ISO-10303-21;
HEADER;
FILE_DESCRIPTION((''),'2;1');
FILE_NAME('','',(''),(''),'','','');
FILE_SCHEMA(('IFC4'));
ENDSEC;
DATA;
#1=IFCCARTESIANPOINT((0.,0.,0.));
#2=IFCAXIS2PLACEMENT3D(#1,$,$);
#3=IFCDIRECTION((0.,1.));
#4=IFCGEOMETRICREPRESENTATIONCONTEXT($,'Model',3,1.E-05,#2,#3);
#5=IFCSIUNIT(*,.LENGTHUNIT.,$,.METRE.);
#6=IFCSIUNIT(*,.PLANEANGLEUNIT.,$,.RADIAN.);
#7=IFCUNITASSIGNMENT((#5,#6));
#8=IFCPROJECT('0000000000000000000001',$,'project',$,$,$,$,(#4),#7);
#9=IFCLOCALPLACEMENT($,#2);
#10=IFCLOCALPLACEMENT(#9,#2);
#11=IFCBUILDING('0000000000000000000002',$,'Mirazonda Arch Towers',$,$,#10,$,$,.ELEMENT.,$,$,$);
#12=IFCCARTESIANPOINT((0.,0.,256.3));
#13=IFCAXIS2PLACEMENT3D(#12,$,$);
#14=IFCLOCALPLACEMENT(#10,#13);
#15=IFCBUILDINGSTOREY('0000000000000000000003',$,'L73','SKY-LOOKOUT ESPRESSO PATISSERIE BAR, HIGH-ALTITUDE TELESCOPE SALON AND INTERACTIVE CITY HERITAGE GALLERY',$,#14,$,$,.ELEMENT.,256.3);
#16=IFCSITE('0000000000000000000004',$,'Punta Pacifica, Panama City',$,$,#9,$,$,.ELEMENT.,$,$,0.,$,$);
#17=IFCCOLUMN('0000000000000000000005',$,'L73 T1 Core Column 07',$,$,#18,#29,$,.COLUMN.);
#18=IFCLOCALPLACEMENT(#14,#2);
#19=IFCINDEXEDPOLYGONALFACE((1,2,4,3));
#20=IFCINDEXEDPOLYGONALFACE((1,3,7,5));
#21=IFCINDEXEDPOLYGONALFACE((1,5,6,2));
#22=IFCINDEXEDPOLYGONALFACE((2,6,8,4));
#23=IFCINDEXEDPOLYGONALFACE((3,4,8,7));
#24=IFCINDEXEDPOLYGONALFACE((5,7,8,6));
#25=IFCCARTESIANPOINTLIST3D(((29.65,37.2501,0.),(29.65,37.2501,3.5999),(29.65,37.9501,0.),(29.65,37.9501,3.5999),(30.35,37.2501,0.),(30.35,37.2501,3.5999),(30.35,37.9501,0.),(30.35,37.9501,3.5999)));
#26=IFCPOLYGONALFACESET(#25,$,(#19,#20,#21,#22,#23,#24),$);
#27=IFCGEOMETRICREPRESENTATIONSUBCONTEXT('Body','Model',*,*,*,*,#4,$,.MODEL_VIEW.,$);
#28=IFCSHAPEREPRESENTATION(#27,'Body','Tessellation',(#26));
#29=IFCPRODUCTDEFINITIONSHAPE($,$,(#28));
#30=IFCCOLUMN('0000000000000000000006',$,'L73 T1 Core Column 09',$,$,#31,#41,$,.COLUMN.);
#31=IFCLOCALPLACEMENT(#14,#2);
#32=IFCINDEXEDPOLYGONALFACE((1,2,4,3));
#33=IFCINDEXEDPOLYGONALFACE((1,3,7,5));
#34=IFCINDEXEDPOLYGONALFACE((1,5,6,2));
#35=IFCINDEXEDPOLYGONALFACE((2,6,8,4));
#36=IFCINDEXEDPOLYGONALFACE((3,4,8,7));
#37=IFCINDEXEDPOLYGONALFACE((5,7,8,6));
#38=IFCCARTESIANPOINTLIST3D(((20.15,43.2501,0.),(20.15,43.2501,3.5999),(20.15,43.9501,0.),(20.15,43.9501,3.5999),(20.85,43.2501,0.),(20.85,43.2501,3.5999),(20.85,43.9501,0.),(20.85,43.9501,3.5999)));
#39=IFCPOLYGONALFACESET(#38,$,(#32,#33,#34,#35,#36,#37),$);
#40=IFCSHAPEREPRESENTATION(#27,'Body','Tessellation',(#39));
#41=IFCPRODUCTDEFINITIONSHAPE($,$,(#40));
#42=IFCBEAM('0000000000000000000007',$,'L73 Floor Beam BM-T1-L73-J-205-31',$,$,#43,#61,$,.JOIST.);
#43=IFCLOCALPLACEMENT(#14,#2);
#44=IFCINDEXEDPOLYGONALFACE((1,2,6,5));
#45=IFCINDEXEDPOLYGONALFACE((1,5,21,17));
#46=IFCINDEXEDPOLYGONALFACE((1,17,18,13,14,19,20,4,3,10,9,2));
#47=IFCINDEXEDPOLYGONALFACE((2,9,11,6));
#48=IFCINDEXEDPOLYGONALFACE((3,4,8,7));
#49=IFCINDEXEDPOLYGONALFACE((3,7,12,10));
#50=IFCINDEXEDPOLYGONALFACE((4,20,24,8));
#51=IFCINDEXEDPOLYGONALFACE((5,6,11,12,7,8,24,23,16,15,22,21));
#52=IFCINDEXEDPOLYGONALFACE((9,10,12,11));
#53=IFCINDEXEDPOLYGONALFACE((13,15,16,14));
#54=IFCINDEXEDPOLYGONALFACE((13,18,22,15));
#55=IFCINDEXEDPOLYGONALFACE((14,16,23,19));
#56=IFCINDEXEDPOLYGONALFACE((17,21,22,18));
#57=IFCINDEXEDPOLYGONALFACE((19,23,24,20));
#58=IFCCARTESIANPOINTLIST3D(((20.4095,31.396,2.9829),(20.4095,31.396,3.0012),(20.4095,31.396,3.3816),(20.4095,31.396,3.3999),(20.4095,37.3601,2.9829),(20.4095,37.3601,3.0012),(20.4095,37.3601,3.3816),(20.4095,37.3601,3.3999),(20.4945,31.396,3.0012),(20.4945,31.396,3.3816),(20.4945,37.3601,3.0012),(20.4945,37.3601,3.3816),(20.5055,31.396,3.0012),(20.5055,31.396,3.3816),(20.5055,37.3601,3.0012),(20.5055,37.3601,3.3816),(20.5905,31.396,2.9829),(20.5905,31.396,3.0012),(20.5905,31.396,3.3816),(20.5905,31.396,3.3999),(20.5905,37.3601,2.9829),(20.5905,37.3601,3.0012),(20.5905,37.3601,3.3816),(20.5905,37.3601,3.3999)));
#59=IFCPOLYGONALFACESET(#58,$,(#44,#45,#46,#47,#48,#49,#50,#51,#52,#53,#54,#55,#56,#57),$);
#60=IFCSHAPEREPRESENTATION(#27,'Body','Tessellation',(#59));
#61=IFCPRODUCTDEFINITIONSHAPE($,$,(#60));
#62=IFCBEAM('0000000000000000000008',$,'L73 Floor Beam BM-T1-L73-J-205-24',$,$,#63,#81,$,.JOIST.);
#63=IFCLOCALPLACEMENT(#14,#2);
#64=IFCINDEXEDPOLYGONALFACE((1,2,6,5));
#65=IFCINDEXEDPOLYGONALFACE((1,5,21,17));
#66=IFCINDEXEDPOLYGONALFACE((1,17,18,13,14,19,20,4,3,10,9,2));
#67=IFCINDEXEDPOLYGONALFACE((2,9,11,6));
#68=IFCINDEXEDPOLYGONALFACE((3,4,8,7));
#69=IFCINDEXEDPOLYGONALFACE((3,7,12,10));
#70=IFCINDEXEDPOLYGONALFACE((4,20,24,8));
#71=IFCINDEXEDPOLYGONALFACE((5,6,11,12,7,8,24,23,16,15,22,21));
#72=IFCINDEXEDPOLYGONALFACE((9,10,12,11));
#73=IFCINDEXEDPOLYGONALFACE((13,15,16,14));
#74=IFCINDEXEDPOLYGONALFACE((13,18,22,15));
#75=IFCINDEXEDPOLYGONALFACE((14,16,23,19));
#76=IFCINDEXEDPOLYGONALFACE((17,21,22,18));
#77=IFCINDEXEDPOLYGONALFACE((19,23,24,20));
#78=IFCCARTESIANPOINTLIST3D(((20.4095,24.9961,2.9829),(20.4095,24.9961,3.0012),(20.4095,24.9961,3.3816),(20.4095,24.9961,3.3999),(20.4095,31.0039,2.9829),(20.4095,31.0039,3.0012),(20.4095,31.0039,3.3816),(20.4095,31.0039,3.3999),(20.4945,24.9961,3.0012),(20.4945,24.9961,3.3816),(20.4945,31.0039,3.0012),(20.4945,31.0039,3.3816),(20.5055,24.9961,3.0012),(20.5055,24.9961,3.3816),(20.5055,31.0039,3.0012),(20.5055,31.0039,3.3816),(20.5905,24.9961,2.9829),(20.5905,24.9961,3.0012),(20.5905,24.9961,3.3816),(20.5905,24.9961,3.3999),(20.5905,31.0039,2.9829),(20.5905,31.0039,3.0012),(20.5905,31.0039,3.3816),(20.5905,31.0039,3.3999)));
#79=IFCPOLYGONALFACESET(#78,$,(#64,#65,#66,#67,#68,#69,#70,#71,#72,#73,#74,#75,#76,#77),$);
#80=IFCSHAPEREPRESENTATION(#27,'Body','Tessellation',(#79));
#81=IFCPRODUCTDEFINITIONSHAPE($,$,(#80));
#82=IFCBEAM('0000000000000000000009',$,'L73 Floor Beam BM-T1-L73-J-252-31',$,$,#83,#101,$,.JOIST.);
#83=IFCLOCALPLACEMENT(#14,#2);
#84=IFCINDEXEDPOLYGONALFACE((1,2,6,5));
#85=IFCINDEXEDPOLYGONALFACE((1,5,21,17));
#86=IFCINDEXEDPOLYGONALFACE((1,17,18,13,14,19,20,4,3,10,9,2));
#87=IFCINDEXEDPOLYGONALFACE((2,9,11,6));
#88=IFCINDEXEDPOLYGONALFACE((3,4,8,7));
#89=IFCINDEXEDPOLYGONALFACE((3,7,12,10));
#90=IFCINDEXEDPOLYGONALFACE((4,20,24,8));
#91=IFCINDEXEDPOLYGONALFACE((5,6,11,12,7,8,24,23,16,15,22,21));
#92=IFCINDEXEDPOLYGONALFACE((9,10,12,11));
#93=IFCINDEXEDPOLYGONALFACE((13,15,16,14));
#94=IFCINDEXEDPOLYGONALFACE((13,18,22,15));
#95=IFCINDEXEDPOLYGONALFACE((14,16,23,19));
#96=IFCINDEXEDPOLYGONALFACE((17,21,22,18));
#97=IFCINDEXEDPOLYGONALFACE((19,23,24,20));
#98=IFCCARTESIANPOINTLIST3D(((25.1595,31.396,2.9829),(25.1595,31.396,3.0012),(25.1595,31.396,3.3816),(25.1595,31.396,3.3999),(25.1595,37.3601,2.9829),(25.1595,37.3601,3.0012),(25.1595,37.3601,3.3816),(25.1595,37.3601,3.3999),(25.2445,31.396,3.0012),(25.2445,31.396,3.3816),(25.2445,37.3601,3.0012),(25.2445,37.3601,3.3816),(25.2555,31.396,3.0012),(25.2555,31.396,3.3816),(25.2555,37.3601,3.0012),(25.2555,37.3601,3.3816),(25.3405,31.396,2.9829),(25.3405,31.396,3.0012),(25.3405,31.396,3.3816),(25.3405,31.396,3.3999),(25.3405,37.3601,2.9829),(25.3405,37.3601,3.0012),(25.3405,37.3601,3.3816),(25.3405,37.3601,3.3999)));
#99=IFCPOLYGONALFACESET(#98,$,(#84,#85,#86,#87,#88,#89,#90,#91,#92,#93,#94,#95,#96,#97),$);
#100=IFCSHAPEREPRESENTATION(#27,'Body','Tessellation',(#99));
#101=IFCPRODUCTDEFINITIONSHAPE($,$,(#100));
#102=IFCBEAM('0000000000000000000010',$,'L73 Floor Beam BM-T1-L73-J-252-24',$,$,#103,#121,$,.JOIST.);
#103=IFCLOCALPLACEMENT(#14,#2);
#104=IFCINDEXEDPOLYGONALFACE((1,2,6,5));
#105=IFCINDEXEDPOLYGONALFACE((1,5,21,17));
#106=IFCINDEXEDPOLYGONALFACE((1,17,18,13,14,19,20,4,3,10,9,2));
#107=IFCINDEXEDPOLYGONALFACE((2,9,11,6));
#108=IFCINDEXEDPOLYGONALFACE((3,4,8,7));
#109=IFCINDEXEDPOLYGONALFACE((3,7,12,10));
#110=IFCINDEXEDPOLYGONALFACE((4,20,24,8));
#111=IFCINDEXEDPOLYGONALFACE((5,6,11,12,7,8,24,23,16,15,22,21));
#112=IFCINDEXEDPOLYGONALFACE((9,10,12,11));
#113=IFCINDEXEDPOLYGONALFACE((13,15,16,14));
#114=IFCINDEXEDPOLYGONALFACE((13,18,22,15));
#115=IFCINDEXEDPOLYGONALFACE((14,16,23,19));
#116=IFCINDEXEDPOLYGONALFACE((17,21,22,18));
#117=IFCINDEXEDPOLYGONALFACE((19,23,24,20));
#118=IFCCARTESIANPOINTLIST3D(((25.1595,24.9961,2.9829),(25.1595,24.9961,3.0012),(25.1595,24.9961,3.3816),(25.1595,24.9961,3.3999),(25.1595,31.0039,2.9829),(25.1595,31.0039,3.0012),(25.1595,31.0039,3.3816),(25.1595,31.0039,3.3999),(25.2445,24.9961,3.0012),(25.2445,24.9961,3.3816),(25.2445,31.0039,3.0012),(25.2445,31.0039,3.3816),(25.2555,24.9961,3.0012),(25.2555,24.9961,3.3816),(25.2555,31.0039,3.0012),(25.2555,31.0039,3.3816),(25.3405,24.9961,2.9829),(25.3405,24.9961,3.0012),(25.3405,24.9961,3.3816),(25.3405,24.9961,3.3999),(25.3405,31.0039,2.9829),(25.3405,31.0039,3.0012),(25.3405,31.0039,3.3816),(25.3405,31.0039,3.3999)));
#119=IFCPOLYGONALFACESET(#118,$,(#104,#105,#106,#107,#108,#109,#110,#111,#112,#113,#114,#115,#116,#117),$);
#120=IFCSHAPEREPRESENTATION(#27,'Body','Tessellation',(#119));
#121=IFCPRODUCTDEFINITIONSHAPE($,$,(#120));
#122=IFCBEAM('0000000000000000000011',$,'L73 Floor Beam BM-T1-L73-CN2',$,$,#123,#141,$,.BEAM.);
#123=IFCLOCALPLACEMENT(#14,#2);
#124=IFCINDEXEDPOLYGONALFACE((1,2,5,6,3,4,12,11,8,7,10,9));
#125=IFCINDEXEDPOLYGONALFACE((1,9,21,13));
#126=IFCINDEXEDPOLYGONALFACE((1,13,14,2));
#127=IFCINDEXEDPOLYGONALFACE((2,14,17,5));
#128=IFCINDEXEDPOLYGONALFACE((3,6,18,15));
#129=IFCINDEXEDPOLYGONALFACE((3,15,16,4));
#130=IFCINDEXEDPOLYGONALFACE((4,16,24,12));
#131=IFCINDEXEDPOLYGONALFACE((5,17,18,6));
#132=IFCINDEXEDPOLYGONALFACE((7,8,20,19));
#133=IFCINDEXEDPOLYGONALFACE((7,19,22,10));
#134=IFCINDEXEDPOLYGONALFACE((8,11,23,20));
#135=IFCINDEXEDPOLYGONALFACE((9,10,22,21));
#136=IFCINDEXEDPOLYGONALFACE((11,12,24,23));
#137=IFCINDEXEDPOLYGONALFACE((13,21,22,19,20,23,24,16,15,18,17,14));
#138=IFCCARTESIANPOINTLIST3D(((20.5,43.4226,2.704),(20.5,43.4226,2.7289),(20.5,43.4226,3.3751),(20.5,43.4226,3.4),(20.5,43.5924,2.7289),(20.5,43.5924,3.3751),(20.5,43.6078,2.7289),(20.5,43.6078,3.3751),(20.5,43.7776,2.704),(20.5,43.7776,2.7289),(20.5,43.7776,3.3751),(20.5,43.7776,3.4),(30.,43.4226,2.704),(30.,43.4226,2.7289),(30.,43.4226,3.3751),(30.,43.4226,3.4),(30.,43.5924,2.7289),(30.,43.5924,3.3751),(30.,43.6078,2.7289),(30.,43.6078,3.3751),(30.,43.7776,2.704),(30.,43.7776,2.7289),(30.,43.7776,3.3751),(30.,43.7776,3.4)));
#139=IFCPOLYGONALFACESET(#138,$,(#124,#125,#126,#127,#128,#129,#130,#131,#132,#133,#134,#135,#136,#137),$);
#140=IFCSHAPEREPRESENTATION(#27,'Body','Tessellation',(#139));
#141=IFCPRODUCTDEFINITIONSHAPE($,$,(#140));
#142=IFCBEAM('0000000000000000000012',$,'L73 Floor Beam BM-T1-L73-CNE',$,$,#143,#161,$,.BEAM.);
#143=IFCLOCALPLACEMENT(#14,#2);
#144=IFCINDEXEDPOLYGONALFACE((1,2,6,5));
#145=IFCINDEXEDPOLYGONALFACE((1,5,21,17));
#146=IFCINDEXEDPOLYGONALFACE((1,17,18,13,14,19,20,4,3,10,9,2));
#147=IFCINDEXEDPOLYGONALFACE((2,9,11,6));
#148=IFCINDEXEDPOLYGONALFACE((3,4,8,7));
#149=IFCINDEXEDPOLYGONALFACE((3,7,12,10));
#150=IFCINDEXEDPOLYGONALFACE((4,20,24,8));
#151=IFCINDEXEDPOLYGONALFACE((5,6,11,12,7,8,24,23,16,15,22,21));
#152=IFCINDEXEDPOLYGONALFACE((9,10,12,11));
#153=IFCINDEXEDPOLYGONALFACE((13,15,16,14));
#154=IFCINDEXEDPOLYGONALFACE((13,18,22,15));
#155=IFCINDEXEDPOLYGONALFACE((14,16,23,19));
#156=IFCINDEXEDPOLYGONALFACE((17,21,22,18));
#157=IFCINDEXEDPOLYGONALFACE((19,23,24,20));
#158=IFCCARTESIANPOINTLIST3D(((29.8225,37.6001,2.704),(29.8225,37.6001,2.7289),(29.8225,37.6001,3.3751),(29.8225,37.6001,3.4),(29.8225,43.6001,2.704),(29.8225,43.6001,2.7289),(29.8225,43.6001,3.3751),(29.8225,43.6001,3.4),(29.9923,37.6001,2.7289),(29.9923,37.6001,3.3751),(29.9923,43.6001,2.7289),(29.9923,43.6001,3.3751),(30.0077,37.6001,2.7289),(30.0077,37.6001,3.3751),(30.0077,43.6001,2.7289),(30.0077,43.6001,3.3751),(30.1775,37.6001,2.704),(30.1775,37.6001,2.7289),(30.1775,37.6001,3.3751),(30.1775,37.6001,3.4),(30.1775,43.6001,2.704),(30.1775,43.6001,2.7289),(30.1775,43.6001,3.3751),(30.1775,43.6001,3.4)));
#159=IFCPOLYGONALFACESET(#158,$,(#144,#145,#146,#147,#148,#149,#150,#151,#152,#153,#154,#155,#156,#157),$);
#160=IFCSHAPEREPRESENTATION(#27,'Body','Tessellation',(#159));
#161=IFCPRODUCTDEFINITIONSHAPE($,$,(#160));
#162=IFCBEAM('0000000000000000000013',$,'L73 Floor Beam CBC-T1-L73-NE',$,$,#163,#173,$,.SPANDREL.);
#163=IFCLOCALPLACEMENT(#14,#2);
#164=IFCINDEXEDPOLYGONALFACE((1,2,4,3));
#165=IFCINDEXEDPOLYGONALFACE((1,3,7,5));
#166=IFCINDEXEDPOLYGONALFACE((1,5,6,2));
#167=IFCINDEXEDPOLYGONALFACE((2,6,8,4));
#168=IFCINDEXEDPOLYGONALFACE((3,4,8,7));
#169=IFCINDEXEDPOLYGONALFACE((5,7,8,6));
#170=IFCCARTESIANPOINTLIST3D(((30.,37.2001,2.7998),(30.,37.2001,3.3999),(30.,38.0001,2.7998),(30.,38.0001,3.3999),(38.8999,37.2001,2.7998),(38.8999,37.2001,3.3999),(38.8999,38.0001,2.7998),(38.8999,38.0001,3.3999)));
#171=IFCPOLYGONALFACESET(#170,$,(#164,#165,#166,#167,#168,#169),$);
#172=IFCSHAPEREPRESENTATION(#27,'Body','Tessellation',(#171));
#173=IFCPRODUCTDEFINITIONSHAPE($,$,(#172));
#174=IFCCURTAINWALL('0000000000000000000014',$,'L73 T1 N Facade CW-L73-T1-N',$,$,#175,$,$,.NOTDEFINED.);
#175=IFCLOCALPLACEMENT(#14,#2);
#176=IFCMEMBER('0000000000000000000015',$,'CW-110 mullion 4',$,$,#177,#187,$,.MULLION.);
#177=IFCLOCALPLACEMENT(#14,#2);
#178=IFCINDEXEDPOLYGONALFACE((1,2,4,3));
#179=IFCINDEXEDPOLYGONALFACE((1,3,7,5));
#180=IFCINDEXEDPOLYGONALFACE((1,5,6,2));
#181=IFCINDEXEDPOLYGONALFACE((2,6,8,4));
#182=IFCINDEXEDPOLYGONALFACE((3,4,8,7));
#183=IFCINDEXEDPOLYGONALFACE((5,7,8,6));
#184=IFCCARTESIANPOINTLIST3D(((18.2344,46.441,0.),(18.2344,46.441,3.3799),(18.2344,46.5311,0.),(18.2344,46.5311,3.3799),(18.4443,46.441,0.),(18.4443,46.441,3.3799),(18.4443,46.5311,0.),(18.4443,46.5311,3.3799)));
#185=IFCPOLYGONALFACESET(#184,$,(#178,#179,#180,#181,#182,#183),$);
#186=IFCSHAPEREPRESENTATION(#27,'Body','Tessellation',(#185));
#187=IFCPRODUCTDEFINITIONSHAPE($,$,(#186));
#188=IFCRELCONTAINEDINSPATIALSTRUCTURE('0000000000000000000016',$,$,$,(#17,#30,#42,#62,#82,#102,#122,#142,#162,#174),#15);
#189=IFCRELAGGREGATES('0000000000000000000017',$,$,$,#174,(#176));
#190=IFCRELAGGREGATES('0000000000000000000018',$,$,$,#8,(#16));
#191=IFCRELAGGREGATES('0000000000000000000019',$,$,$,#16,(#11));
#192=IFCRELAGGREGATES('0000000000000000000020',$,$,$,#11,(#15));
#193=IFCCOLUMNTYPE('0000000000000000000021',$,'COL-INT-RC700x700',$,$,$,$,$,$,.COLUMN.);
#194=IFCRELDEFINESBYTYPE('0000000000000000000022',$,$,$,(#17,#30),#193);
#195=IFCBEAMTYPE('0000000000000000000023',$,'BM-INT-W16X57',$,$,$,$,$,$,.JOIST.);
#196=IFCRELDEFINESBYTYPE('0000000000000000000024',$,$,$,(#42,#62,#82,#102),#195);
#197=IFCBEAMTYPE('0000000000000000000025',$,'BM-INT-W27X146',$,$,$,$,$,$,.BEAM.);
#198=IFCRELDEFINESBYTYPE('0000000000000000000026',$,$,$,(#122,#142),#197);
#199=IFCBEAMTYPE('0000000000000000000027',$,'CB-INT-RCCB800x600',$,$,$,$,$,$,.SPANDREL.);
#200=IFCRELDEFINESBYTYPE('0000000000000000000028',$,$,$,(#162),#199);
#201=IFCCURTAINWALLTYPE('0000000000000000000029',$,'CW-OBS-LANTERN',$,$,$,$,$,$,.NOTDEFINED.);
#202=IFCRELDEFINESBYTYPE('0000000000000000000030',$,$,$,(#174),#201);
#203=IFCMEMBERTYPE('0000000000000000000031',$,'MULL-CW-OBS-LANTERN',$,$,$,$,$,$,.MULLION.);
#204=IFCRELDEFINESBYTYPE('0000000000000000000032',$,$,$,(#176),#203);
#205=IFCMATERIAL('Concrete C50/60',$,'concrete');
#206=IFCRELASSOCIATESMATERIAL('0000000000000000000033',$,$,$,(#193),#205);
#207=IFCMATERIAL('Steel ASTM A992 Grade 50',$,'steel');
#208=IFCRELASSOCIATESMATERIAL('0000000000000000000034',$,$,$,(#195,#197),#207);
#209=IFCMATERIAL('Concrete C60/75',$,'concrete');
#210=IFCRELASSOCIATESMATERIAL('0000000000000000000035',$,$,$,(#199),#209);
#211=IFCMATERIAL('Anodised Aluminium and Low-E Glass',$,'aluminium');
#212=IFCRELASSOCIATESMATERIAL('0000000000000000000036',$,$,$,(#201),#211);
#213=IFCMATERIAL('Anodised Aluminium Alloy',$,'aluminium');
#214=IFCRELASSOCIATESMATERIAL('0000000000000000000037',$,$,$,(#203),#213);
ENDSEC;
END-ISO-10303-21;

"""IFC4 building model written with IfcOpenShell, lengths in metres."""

from ifc_helpers import new_model, si_unit, direction, frame, origin, origin_2d, place, context, subcontext, project, spatial, rectangle, i_section, extrude, material, material_profile, profile_set, type_object, element, aggregate, save


model = new_model("IFC4")

# Units and contexts
model_context = context("Model", 3, precision=1e-05, world=origin(), true_north=direction((0.0, 1.0)))
body_context = subcontext(model_context, "Body", "Model", "MODEL_VIEW")
ifc_project = project(units=[si_unit("LENGTHUNIT", "METRE"), si_unit("PLANEANGLEUNIT", "RADIAN")], contexts=[model_context])

# Site, building, storey
site_placement = place(None, origin())
site = spatial("IfcSite", under=ifc_project, at=site_placement, Name="Punta Pacifica, Panama City", CompositionType="ELEMENT", RefElevation=0.0)
building_placement = place(site_placement, origin())
building = spatial("IfcBuilding", under=site, at=building_placement, Name="Mirazonda Arch Towers", CompositionType="ELEMENT")
storey_placement = place(building_placement, frame((0.0, 0.0, 256.3)))
storey = spatial("IfcBuildingStorey", under=building, at=storey_placement, Name="L73", Description="SKY-LOOKOUT ESPRESSO PATISSERIE BAR, HIGH-ALTITUDE TELESCOPE SALON AND INTERACTIVE CITY HERITAGE GALLERY", CompositionType="ELEMENT", Elevation=256.3)

# Columns
ifc_material_1 = material(Name="Concrete C50/60", Category="concrete")
ifc_material_profile_1 = material_profile(ifc_material_1, rectangle(XDim=0.7, YDim=0.7, at=origin_2d()), Name="RC700x700")
ifc_profile_set_1 = profile_set([ifc_material_profile_1], Name="Concrete C50/60")
column_type = type_object("IfcColumnType", Name="COL-INT-RC700x700", PredefinedType="COLUMN", material=ifc_profile_set_1)
for number, where, z_axis, x_axis, name in (
    (1, (30.0, 37.6001, 0.0), (0.0, 0.0, 1.0), (1.0, 0.0, 0.0), "L73 T1 Core Column 07"),
    (2, (20.5, 43.6001, 0.0), (0.0, 0.0, 1.0), (1.0, 0.0, 0.0), "L73 T1 Core Column 09"),
):
    element("IfcColumn", number, at=place(storey_placement, frame(where, z_axis=z_axis, x_axis=x_axis)), inside=storey, type_object=column_type, Name=name, PredefinedType="COLUMN", context=body_context, shape_type="SweptSolid", body=[
        extrude(rectangle(XDim=0.7, YDim=0.7, at=origin_2d()), origin(), (0.0, 0.0, 1.0), 3.5999),
    ])

# Beams
ifc_material_2 = material(Name="Steel ASTM A992 Grade 50", Category="steel")
ifc_material_profile_2 = material_profile(ifc_material_2, i_section(OverallWidth=0.1809, OverallDepth=0.417, WebThickness=0.011, FlangeThickness=0.0183, at=origin_2d()), Name="W16X57")
ifc_profile_set_2 = profile_set([ifc_material_profile_2], Name="Steel ASTM A992 Grade 50")
beam_type_1 = type_object("IfcBeamType", Name="BM-INT-W16X57", PredefinedType="JOIST", material=ifc_profile_set_2)
beam_1_placement = place(storey_placement, frame((20.5, 31.396, 3.1914), z_axis=(0.0, 1.0, 0.0), x_axis=(-1.0, 0.0, 0.0)))
element("IfcBeam", 3, at=beam_1_placement, inside=storey, type_object=beam_type_1, Name="L73 Floor Beam BM-T1-L73-J-205-31", PredefinedType="JOIST", context=body_context, shape_type="SweptSolid", body=[
    extrude(i_section(OverallWidth=0.1809, OverallDepth=0.417, WebThickness=0.011, FlangeThickness=0.0183, at=origin_2d()), origin(), (0.0, 0.0, 1.0), 5.9641),
])
beam_2_placement = place(storey_placement, frame((20.5, 24.9961, 3.1914), z_axis=(0.0, 1.0, 0.0), x_axis=(-1.0, 0.0, 0.0)))
element("IfcBeam", 4, at=beam_2_placement, inside=storey, type_object=beam_type_1, Name="L73 Floor Beam BM-T1-L73-J-205-24", PredefinedType="JOIST", context=body_context, shape_type="SweptSolid", body=[
    extrude(i_section(OverallWidth=0.1809, OverallDepth=0.417, WebThickness=0.011, FlangeThickness=0.0183, at=origin_2d()), origin(), (0.0, 0.0, 1.0), 6.0078),
])
beam_3_placement = place(storey_placement, frame((25.25, 31.396, 3.1914), z_axis=(0.0, 1.0, 0.0), x_axis=(-1.0, 0.0, 0.0)))
element("IfcBeam", 5, at=beam_3_placement, inside=storey, type_object=beam_type_1, Name="L73 Floor Beam BM-T1-L73-J-252-31", PredefinedType="JOIST", context=body_context, shape_type="SweptSolid", body=[
    extrude(i_section(OverallWidth=0.1809, OverallDepth=0.417, WebThickness=0.011, FlangeThickness=0.0183, at=origin_2d()), origin(), (0.0, 0.0, 1.0), 5.9641),
])
beam_4_placement = place(storey_placement, frame((25.25, 24.9961, 3.1914), z_axis=(0.0, 1.0, 0.0), x_axis=(-1.0, 0.0, 0.0)))
element("IfcBeam", 6, at=beam_4_placement, inside=storey, type_object=beam_type_1, Name="L73 Floor Beam BM-T1-L73-J-252-24", PredefinedType="JOIST", context=body_context, shape_type="SweptSolid", body=[
    extrude(i_section(OverallWidth=0.1809, OverallDepth=0.417, WebThickness=0.011, FlangeThickness=0.0183, at=origin_2d()), origin(), (0.0, 0.0, 1.0), 6.0078),
])
ifc_material_profile_3 = material_profile(ifc_material_2, i_section(OverallWidth=0.355, OverallDepth=0.696, WebThickness=0.0154, FlangeThickness=0.0249, at=origin_2d()), Name="W27X146")
ifc_profile_set_3 = profile_set([ifc_material_profile_3], Name="Steel ASTM A992 Grade 50")
beam_type_2 = type_object("IfcBeamType", Name="BM-INT-W27X146", PredefinedType="BEAM", material=ifc_profile_set_3)
beam_5_placement = place(storey_placement, frame((20.5, 43.6001, 3.052), z_axis=(1.0, 0.0, 0.0), x_axis=(0.0, 1.0, 0.0)))
element("IfcBeam", 7, at=beam_5_placement, inside=storey, type_object=beam_type_2, Name="L73 Floor Beam BM-T1-L73-CN2", PredefinedType="BEAM", context=body_context, shape_type="SweptSolid", body=[
    extrude(i_section(OverallWidth=0.355, OverallDepth=0.696, WebThickness=0.0154, FlangeThickness=0.0249, at=origin_2d()), origin(), (0.0, 0.0, 1.0), 9.5),
])
beam_6_placement = place(storey_placement, frame((30.0, 37.6001, 3.052), z_axis=(0.0, 1.0, 0.0), x_axis=(-1.0, 0.0, 0.0)))
element("IfcBeam", 8, at=beam_6_placement, inside=storey, type_object=beam_type_2, Name="L73 Floor Beam BM-T1-L73-CNE", PredefinedType="BEAM", context=body_context, shape_type="SweptSolid", body=[
    extrude(i_section(OverallWidth=0.355, OverallDepth=0.696, WebThickness=0.0154, FlangeThickness=0.0249, at=origin_2d()), origin(), (0.0, 0.0, 1.0), 6.0),
])
ifc_material_3 = material(Name="Concrete C60/75", Category="concrete")
ifc_material_profile_4 = material_profile(ifc_material_3, rectangle(XDim=0.8, YDim=0.6001, at=origin_2d()), Name="RCCB800x600")
ifc_profile_set_4 = profile_set([ifc_material_profile_4], Name="Concrete C60/75")
beam_type_3 = type_object("IfcBeamType", Name="CB-INT-RCCB800x600", PredefinedType="SPANDREL", material=ifc_profile_set_4)
beam_7_placement = place(storey_placement, frame((30.0, 37.6001, 3.0999), z_axis=(1.0, 0.0, 0.0), x_axis=(0.0, 1.0, 0.0)))
element("IfcBeam", 9, at=beam_7_placement, inside=storey, type_object=beam_type_3, Name="L73 Floor Beam CBC-T1-L73-NE", PredefinedType="SPANDREL", context=body_context, shape_type="SweptSolid", body=[
    extrude(rectangle(XDim=0.8, YDim=0.6001, at=origin_2d()), origin(), (0.0, 0.0, 1.0), 8.8999),
])

# Curtain wall, member
ifc_material_4 = material(Name="Anodised Aluminium and Low-E Glass", Category="aluminium")
curtain_wall_type = type_object("IfcCurtainWallType", Name="CW-OBS-LANTERN", PredefinedType="NOTDEFINED", material=ifc_material_4)
curtain_wall_placement = place(storey_placement, origin())
curtain_wall = element("IfcCurtainWall", 10, at=curtain_wall_placement, inside=storey, type_object=curtain_wall_type, Name="L73 T1 N Facade CW-L73-T1-N", PredefinedType="NOTDEFINED")
ifc_material_5 = material(Name="Anodised Aluminium Alloy", Category="aluminium")
ifc_material_profile_5 = material_profile(ifc_material_5, rectangle(XDim=0.0901, YDim=0.21, at=origin_2d()), Name="ALU-MULL-90x210")
ifc_profile_set_5 = profile_set([ifc_material_profile_5], Name="Anodised Aluminium Alloy")
member_type_1 = type_object("IfcMemberType", Name="MULL-CW-OBS-LANTERN", PredefinedType="MULLION", material=ifc_profile_set_5)
member_1_placement = place(storey_placement, frame((18.3394, 46.4861, 0.0), z_axis=(0.0, 0.0, 1.0), x_axis=(0.0, 1.0, 0.0)))
member_1 = element("IfcMember", 11, at=member_1_placement, type_object=member_type_1, Name="CW-110 mullion 4", PredefinedType="MULLION", context=body_context, shape_type="SweptSolid", body=[
    extrude(rectangle(XDim=0.0901, YDim=0.21, at=origin_2d()), origin(), (0.0, 0.0, 1.0), 3.3799),
])
aggregate(curtain_wall, [member_1])

save(model, "model.ifc")
